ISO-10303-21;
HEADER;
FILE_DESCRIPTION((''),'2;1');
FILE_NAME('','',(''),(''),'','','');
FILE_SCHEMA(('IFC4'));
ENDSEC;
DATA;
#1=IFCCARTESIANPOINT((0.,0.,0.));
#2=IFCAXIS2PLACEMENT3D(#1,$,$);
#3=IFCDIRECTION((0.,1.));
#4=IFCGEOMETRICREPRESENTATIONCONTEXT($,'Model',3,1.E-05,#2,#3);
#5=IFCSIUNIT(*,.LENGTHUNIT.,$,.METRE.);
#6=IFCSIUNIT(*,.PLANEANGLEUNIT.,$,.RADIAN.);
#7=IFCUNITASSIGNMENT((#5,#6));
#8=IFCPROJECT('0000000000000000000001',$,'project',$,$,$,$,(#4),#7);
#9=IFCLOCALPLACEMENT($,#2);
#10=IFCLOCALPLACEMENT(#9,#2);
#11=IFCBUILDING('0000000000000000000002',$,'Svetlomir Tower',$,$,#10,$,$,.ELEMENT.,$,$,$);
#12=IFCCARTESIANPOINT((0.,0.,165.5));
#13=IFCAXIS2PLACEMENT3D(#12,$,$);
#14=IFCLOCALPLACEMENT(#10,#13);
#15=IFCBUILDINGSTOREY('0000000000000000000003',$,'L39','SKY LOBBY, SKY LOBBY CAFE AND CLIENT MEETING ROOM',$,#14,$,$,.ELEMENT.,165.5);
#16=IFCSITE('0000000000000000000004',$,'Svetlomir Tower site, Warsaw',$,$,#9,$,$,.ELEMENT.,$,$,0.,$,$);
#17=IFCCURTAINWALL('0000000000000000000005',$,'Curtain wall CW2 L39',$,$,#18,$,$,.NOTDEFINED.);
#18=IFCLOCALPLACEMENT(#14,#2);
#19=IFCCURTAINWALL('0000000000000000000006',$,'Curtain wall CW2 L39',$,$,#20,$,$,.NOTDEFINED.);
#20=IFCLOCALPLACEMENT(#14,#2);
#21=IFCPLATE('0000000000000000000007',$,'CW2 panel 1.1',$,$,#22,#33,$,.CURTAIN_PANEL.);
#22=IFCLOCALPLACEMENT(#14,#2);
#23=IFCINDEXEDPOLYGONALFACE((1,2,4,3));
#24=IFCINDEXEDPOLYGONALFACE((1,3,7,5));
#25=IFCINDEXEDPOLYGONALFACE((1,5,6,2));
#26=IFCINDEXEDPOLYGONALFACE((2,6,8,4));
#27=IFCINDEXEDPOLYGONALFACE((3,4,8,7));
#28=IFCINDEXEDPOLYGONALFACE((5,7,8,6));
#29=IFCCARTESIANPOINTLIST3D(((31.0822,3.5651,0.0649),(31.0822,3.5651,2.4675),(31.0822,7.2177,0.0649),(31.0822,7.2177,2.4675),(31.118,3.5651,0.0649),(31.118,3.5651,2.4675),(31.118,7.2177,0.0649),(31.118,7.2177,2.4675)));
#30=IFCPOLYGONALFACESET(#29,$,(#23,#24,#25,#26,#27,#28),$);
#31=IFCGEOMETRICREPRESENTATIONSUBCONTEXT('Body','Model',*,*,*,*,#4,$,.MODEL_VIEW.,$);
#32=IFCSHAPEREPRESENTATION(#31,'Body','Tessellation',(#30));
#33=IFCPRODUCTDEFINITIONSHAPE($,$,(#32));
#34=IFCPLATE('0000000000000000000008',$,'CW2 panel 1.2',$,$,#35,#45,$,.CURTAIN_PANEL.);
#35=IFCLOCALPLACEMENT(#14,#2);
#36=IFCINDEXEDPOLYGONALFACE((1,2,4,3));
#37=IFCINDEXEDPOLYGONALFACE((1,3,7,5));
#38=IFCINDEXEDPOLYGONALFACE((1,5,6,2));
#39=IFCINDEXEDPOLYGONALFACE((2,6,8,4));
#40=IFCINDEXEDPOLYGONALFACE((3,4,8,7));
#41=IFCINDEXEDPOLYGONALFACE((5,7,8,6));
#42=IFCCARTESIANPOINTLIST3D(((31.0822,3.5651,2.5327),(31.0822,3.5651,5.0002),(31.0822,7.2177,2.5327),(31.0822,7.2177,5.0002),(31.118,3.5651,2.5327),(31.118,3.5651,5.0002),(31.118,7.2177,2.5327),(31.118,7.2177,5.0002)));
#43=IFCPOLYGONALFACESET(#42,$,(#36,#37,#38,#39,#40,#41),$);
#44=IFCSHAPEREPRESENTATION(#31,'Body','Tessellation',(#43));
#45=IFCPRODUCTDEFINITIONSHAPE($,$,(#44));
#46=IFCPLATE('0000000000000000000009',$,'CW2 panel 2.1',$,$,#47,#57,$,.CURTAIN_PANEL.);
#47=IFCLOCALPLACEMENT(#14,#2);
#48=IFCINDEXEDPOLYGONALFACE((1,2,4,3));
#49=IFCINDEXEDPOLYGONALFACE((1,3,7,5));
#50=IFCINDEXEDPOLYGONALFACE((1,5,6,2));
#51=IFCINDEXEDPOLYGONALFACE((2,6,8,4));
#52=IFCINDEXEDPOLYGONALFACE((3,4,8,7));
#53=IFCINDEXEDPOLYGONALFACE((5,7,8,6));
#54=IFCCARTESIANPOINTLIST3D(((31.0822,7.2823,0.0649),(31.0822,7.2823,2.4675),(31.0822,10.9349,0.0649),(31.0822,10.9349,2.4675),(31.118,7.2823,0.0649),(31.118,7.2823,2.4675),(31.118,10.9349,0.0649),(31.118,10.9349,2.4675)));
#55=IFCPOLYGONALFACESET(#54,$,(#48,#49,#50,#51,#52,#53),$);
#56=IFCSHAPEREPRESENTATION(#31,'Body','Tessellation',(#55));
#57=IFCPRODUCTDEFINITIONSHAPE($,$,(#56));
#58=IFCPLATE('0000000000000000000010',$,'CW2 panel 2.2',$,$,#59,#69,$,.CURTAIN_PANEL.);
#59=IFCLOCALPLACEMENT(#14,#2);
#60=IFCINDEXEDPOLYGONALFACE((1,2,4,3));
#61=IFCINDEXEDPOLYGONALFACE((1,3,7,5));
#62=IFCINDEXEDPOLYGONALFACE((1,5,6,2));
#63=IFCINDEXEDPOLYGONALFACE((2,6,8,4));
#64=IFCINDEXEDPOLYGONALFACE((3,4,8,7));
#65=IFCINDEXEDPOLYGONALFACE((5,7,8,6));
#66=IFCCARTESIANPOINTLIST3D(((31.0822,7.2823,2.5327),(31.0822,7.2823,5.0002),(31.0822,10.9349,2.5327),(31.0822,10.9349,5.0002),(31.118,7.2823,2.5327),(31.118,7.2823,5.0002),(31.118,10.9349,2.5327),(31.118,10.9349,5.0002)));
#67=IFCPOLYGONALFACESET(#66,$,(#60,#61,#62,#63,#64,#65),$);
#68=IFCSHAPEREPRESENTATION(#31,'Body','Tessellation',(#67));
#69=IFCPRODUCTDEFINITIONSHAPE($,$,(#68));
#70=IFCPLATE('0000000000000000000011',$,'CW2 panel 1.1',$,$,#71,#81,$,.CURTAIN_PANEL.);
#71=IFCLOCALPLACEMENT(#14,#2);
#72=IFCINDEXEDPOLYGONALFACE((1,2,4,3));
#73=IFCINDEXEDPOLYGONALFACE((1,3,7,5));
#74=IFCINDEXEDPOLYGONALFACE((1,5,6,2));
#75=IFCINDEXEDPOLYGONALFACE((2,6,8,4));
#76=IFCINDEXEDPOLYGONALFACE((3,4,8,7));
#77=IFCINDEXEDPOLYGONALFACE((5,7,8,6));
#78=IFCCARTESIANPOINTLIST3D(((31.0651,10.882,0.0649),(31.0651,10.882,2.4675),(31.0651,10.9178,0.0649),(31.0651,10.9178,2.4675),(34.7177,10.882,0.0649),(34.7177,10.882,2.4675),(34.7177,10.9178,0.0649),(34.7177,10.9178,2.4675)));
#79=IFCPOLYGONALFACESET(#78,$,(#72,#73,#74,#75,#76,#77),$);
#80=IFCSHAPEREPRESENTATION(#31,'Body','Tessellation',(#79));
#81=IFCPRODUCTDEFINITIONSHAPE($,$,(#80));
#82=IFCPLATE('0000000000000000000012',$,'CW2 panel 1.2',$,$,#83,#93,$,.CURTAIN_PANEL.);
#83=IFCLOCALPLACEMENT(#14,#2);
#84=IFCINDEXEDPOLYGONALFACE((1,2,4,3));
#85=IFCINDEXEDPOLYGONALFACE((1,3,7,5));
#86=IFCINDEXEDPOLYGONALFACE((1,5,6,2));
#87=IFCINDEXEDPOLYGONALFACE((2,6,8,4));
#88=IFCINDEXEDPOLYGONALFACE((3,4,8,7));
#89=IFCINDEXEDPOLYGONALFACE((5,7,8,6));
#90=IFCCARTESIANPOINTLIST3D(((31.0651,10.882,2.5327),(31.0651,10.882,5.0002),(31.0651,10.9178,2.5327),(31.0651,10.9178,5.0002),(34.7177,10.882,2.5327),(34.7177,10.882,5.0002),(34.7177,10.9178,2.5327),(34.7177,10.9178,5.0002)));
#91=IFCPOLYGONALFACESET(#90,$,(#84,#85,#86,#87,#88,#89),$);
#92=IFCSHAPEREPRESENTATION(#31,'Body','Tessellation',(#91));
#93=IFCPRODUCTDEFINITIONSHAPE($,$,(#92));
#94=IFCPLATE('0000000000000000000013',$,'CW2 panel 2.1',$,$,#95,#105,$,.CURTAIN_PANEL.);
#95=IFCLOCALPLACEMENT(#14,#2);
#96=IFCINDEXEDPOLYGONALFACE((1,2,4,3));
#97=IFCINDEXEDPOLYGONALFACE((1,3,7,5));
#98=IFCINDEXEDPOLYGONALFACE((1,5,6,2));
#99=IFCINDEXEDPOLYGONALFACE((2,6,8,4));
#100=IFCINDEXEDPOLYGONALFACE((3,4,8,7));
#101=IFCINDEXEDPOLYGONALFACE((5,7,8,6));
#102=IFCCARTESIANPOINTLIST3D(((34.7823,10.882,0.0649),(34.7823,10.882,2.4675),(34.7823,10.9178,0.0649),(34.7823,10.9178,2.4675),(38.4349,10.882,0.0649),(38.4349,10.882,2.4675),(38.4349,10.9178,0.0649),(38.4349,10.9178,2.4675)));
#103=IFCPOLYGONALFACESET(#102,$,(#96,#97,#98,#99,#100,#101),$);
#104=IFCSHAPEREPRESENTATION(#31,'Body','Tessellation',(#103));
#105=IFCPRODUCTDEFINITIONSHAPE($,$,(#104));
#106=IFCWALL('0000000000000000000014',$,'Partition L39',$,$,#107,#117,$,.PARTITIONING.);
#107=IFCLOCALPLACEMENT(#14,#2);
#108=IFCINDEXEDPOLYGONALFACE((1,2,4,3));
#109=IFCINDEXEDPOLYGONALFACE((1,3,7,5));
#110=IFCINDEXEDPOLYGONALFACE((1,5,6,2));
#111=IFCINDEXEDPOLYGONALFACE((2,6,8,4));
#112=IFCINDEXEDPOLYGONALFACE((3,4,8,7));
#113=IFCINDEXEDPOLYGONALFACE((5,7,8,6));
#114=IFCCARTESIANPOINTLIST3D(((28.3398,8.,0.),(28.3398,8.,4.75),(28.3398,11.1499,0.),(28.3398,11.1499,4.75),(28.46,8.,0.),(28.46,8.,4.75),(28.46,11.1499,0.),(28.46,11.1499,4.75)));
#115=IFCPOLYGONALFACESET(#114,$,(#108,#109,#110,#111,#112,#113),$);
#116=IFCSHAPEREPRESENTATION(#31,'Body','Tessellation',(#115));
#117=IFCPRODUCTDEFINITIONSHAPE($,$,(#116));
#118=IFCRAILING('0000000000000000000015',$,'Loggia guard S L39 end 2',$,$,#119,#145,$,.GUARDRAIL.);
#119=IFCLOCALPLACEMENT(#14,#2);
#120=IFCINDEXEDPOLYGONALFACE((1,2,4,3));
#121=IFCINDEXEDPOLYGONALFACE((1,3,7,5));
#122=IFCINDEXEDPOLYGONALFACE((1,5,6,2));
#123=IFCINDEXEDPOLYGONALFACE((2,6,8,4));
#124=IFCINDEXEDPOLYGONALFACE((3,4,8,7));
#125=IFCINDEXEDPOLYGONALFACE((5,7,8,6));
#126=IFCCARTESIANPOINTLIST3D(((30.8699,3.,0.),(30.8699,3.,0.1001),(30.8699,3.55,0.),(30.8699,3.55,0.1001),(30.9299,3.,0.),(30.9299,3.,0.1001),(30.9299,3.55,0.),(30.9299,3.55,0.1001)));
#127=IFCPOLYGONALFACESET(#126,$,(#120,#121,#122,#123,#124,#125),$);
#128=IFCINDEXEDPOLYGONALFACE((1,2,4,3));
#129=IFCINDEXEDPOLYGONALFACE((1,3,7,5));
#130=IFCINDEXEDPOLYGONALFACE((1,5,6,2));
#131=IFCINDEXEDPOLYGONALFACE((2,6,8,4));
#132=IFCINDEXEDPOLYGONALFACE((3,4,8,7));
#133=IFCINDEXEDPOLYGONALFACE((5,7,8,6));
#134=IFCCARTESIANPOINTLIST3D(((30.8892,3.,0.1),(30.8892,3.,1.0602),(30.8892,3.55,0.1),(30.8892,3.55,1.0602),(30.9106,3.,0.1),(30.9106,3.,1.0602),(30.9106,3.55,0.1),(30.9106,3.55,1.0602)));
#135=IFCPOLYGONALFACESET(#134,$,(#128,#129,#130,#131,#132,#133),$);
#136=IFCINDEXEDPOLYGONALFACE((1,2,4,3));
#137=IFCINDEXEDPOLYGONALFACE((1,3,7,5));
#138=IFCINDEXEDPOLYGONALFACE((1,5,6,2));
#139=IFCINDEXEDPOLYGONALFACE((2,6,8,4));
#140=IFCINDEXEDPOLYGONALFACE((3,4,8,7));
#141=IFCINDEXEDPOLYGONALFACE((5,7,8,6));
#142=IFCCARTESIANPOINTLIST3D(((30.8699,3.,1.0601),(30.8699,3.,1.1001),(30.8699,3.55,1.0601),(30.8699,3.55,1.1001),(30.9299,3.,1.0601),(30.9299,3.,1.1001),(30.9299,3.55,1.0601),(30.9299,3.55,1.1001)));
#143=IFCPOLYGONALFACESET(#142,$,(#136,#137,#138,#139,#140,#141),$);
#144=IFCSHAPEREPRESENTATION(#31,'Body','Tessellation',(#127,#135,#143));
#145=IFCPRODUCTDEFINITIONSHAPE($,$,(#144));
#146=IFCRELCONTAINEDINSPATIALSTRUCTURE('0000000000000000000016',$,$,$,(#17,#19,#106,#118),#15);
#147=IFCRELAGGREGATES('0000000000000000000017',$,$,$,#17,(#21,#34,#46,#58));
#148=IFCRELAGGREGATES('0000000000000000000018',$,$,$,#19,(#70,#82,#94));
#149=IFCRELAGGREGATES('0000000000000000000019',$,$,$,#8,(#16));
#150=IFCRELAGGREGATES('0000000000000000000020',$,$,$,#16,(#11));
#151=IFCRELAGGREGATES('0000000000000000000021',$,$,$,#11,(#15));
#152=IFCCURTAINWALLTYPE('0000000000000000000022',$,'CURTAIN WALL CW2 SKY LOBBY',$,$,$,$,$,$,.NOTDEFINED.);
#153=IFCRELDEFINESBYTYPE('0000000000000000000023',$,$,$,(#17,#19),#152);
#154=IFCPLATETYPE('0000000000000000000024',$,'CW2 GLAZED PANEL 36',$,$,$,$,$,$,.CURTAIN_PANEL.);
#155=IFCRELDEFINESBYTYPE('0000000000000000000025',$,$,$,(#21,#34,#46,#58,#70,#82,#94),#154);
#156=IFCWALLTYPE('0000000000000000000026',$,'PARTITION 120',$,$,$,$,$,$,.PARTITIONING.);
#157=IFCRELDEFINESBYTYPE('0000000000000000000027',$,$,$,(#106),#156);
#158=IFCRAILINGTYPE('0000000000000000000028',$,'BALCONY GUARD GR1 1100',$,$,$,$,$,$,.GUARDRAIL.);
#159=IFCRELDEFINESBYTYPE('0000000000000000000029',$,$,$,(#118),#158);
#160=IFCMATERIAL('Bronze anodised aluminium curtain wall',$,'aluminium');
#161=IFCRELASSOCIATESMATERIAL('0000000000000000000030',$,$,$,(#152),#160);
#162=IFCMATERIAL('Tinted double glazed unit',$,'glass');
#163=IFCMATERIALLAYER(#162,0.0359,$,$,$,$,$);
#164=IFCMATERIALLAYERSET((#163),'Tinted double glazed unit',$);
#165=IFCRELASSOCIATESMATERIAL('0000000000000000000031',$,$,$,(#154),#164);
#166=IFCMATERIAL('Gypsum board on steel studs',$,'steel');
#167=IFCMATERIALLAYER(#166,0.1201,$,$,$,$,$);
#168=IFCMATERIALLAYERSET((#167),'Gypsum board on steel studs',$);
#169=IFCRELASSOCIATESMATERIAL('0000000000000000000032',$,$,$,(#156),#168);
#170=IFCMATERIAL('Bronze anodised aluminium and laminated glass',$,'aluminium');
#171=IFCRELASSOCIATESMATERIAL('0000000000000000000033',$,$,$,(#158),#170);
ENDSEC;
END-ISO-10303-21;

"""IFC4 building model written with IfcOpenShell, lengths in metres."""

from ifc_helpers import new_model, si_unit, direction, frame, frame_2d, origin, origin_2d, place, context, subcontext, project, spatial, rectangle, extrude, material, layer, layer_set, type_object, element, aggregate, save


model = new_model("IFC4")

# Units and contexts
model_context = context("Model", 3, precision=1e-05, world=origin(), true_north=direction((0.0, 1.0)))
body_context = subcontext(model_context, "Body", "Model", "MODEL_VIEW")
ifc_project = project(units=[si_unit("LENGTHUNIT", "METRE"), si_unit("PLANEANGLEUNIT", "RADIAN")], contexts=[model_context])

# Site, building, storey
site_placement = place(None, origin())
site = spatial("IfcSite", under=ifc_project, at=site_placement, Name="Svetlomir Tower site, Warsaw", CompositionType="ELEMENT", RefElevation=0.0)
building_placement = place(site_placement, origin())
building = spatial("IfcBuilding", under=site, at=building_placement, Name="Svetlomir Tower", CompositionType="ELEMENT")
storey_placement = place(building_placement, frame((0.0, 0.0, 165.5)))
storey = spatial("IfcBuildingStorey", under=building, at=storey_placement, Name="L39", Description="SKY LOBBY, SKY LOBBY CAFE AND CLIENT MEETING ROOM", CompositionType="ELEMENT", Elevation=165.5)

# Shared definitions
ifc_material_1 = material(Name="Bronze anodised aluminium curtain wall", Category="aluminium")
curtain_wall_type = type_object("IfcCurtainWallType", Name="CURTAIN WALL CW2 SKY LOBBY", PredefinedType="NOTDEFINED", material=ifc_material_1)

# Curtain walls
curtain_wall_1_placement = place(storey_placement, origin())
curtain_wall_1 = element("IfcCurtainWall", 1, at=curtain_wall_1_placement, inside=storey, type_object=curtain_wall_type, Name="Curtain wall CW2 L39", PredefinedType="NOTDEFINED")
curtain_wall_2_placement = place(storey_placement, origin())
curtain_wall_2 = element("IfcCurtainWall", 2, at=curtain_wall_2_placement, inside=storey, type_object=curtain_wall_type, Name="Curtain wall CW2 L39", PredefinedType="NOTDEFINED")

# Plates
ifc_material_2 = material(Name="Tinted double glazed unit", Category="glass")
ifc_layer_1 = layer(ifc_material_2, 0.0359)
ifc_layer_set_1 = layer_set([ifc_layer_1], Name="Tinted double glazed unit")
plate_type = type_object("IfcPlateType", Name="CW2 GLAZED PANEL 36", PredefinedType="CURTAIN_PANEL", material=ifc_layer_set_1)
plate_1_placement = place(storey_placement, frame((31.1001, 5.3914, 0.0649), z_axis=(0.0, 0.0, 1.0), x_axis=(0.0, 1.0, 0.0)))
plate_1 = element("IfcPlate", 3, at=plate_1_placement, type_object=plate_type, Name="CW2 panel 1.1", PredefinedType="CURTAIN_PANEL", context=body_context, shape_type="SweptSolid", body=[
    extrude(rectangle(XDim=3.6526, YDim=0.0359, at=origin_2d()), origin(), (0.0, 0.0, 1.0), 2.4026),
])
plate_2_placement = place(storey_placement, frame((31.1001, 5.3914, 2.5327), z_axis=(0.0, 0.0, 1.0), x_axis=(0.0, 1.0, 0.0)))
plate_2 = element("IfcPlate", 4, at=plate_2_placement, type_object=plate_type, Name="CW2 panel 1.2", PredefinedType="CURTAIN_PANEL", context=body_context, shape_type="SweptSolid", body=[
    extrude(rectangle(XDim=3.6526, YDim=0.0359, at=origin_2d()), origin(), (0.0, 0.0, 1.0), 2.4675),
])
plate_3_placement = place(storey_placement, frame((31.1001, 9.1086, 0.0649), z_axis=(0.0, 0.0, 1.0), x_axis=(0.0, 1.0, 0.0)))
plate_3 = element("IfcPlate", 5, at=plate_3_placement, type_object=plate_type, Name="CW2 panel 2.1", PredefinedType="CURTAIN_PANEL", context=body_context, shape_type="SweptSolid", body=[
    extrude(rectangle(XDim=3.6526, YDim=0.0359, at=origin_2d()), origin(), (0.0, 0.0, 1.0), 2.4026),
])
plate_4_placement = place(storey_placement, frame((31.1001, 9.1086, 2.5327), z_axis=(0.0, 0.0, 1.0), x_axis=(0.0, 1.0, 0.0)))
plate_4 = element("IfcPlate", 6, at=plate_4_placement, type_object=plate_type, Name="CW2 panel 2.2", PredefinedType="CURTAIN_PANEL", context=body_context, shape_type="SweptSolid", body=[
    extrude(rectangle(XDim=3.6526, YDim=0.0359, at=origin_2d()), origin(), (0.0, 0.0, 1.0), 2.4675),
])
aggregate(curtain_wall_1, [plate_1, plate_2, plate_3, plate_4])
plate_5_placement = place(storey_placement, frame((32.8914, 10.8999, 0.0649), z_axis=(0.0, 0.0, 1.0), x_axis=(1.0, 0.0, 0.0)))
plate_5 = element("IfcPlate", 7, at=plate_5_placement, type_object=plate_type, Name="CW2 panel 1.1", PredefinedType="CURTAIN_PANEL", context=body_context, shape_type="SweptSolid", body=[
    extrude(rectangle(XDim=3.6526, YDim=0.0359, at=origin_2d()), origin(), (0.0, 0.0, 1.0), 2.4026),
])
plate_6_placement = place(storey_placement, frame((32.8914, 10.8999, 2.5327), z_axis=(0.0, 0.0, 1.0), x_axis=(1.0, 0.0, 0.0)))
plate_6 = element("IfcPlate", 8, at=plate_6_placement, type_object=plate_type, Name="CW2 panel 1.2", PredefinedType="CURTAIN_PANEL", context=body_context, shape_type="SweptSolid", body=[
    extrude(rectangle(XDim=3.6526, YDim=0.0359, at=origin_2d()), origin(), (0.0, 0.0, 1.0), 2.4675),
])
plate_7_placement = place(storey_placement, frame((36.6086, 10.8999, 0.0649), z_axis=(0.0, 0.0, 1.0), x_axis=(1.0, 0.0, 0.0)))
plate_7 = element("IfcPlate", 9, at=plate_7_placement, type_object=plate_type, Name="CW2 panel 2.1", PredefinedType="CURTAIN_PANEL", context=body_context, shape_type="SweptSolid", body=[
    extrude(rectangle(XDim=3.6526, YDim=0.0359, at=origin_2d()), origin(), (0.0, 0.0, 1.0), 2.4026),
])
aggregate(curtain_wall_2, [plate_5, plate_6, plate_7])

# Wall
ifc_material_3 = material(Name="Gypsum board on steel studs", Category="steel")
ifc_layer_2 = layer(ifc_material_3, 0.1201)
ifc_layer_set_2 = layer_set([ifc_layer_2], Name="Gypsum board on steel studs")
wall_type = type_object("IfcWallType", Name="PARTITION 120", PredefinedType="PARTITIONING", material=ifc_layer_set_2)
wall_placement = place(storey_placement, frame((28.3999, 8.0, 0.0), z_axis=(0.0, 0.0, 1.0), x_axis=(0.0, 1.0, 0.0)))
element("IfcWall", 10, at=wall_placement, inside=storey, type_object=wall_type, Name="Partition L39", PredefinedType="PARTITIONING", context=body_context, shape_type="SweptSolid", body=[
    extrude(rectangle(XDim=3.1499, YDim=0.1201, at=frame_2d((1.575, 0.0))), origin(), (0.0, 0.0, 1.0), 4.75),
])

# Railing
ifc_material_4 = material(Name="Bronze anodised aluminium and laminated glass", Category="aluminium")
railing_type = type_object("IfcRailingType", Name="BALCONY GUARD GR1 1100", PredefinedType="GUARDRAIL", material=ifc_material_4)
railing_placement = place(storey_placement, frame((30.8999, 3.55, 0.0)))
element("IfcRailing", 11, at=railing_placement, inside=storey, type_object=railing_type, Name="Loggia guard S L39 end 2", PredefinedType="GUARDRAIL", context=body_context, shape_type="SweptSolid", body=[
    extrude(rectangle(XDim=0.0601, YDim=0.1001, at=origin_2d()), frame((0.0, 0.0, 0.05), z_axis=(0.0, -1.0, 0.0), x_axis=(1.0, 0.0, 0.0)), (0.0, 0.0, 1.0), 0.55),
    extrude(rectangle(XDim=0.0215, YDim=0.9602, at=origin_2d()), frame((0.0, 0.0, 0.5801), z_axis=(0.0, -1.0, 0.0), x_axis=(1.0, 0.0, 0.0)), (0.0, 0.0, 1.0), 0.55),
    extrude(rectangle(XDim=0.0601, YDim=0.04, at=origin_2d()), frame((0.0, 0.0, 1.0801), z_axis=(0.0, -1.0, 0.0), x_axis=(1.0, 0.0, 0.0)), (0.0, 0.0, 1.0), 0.55),
])

save(model, "model.ifc")
